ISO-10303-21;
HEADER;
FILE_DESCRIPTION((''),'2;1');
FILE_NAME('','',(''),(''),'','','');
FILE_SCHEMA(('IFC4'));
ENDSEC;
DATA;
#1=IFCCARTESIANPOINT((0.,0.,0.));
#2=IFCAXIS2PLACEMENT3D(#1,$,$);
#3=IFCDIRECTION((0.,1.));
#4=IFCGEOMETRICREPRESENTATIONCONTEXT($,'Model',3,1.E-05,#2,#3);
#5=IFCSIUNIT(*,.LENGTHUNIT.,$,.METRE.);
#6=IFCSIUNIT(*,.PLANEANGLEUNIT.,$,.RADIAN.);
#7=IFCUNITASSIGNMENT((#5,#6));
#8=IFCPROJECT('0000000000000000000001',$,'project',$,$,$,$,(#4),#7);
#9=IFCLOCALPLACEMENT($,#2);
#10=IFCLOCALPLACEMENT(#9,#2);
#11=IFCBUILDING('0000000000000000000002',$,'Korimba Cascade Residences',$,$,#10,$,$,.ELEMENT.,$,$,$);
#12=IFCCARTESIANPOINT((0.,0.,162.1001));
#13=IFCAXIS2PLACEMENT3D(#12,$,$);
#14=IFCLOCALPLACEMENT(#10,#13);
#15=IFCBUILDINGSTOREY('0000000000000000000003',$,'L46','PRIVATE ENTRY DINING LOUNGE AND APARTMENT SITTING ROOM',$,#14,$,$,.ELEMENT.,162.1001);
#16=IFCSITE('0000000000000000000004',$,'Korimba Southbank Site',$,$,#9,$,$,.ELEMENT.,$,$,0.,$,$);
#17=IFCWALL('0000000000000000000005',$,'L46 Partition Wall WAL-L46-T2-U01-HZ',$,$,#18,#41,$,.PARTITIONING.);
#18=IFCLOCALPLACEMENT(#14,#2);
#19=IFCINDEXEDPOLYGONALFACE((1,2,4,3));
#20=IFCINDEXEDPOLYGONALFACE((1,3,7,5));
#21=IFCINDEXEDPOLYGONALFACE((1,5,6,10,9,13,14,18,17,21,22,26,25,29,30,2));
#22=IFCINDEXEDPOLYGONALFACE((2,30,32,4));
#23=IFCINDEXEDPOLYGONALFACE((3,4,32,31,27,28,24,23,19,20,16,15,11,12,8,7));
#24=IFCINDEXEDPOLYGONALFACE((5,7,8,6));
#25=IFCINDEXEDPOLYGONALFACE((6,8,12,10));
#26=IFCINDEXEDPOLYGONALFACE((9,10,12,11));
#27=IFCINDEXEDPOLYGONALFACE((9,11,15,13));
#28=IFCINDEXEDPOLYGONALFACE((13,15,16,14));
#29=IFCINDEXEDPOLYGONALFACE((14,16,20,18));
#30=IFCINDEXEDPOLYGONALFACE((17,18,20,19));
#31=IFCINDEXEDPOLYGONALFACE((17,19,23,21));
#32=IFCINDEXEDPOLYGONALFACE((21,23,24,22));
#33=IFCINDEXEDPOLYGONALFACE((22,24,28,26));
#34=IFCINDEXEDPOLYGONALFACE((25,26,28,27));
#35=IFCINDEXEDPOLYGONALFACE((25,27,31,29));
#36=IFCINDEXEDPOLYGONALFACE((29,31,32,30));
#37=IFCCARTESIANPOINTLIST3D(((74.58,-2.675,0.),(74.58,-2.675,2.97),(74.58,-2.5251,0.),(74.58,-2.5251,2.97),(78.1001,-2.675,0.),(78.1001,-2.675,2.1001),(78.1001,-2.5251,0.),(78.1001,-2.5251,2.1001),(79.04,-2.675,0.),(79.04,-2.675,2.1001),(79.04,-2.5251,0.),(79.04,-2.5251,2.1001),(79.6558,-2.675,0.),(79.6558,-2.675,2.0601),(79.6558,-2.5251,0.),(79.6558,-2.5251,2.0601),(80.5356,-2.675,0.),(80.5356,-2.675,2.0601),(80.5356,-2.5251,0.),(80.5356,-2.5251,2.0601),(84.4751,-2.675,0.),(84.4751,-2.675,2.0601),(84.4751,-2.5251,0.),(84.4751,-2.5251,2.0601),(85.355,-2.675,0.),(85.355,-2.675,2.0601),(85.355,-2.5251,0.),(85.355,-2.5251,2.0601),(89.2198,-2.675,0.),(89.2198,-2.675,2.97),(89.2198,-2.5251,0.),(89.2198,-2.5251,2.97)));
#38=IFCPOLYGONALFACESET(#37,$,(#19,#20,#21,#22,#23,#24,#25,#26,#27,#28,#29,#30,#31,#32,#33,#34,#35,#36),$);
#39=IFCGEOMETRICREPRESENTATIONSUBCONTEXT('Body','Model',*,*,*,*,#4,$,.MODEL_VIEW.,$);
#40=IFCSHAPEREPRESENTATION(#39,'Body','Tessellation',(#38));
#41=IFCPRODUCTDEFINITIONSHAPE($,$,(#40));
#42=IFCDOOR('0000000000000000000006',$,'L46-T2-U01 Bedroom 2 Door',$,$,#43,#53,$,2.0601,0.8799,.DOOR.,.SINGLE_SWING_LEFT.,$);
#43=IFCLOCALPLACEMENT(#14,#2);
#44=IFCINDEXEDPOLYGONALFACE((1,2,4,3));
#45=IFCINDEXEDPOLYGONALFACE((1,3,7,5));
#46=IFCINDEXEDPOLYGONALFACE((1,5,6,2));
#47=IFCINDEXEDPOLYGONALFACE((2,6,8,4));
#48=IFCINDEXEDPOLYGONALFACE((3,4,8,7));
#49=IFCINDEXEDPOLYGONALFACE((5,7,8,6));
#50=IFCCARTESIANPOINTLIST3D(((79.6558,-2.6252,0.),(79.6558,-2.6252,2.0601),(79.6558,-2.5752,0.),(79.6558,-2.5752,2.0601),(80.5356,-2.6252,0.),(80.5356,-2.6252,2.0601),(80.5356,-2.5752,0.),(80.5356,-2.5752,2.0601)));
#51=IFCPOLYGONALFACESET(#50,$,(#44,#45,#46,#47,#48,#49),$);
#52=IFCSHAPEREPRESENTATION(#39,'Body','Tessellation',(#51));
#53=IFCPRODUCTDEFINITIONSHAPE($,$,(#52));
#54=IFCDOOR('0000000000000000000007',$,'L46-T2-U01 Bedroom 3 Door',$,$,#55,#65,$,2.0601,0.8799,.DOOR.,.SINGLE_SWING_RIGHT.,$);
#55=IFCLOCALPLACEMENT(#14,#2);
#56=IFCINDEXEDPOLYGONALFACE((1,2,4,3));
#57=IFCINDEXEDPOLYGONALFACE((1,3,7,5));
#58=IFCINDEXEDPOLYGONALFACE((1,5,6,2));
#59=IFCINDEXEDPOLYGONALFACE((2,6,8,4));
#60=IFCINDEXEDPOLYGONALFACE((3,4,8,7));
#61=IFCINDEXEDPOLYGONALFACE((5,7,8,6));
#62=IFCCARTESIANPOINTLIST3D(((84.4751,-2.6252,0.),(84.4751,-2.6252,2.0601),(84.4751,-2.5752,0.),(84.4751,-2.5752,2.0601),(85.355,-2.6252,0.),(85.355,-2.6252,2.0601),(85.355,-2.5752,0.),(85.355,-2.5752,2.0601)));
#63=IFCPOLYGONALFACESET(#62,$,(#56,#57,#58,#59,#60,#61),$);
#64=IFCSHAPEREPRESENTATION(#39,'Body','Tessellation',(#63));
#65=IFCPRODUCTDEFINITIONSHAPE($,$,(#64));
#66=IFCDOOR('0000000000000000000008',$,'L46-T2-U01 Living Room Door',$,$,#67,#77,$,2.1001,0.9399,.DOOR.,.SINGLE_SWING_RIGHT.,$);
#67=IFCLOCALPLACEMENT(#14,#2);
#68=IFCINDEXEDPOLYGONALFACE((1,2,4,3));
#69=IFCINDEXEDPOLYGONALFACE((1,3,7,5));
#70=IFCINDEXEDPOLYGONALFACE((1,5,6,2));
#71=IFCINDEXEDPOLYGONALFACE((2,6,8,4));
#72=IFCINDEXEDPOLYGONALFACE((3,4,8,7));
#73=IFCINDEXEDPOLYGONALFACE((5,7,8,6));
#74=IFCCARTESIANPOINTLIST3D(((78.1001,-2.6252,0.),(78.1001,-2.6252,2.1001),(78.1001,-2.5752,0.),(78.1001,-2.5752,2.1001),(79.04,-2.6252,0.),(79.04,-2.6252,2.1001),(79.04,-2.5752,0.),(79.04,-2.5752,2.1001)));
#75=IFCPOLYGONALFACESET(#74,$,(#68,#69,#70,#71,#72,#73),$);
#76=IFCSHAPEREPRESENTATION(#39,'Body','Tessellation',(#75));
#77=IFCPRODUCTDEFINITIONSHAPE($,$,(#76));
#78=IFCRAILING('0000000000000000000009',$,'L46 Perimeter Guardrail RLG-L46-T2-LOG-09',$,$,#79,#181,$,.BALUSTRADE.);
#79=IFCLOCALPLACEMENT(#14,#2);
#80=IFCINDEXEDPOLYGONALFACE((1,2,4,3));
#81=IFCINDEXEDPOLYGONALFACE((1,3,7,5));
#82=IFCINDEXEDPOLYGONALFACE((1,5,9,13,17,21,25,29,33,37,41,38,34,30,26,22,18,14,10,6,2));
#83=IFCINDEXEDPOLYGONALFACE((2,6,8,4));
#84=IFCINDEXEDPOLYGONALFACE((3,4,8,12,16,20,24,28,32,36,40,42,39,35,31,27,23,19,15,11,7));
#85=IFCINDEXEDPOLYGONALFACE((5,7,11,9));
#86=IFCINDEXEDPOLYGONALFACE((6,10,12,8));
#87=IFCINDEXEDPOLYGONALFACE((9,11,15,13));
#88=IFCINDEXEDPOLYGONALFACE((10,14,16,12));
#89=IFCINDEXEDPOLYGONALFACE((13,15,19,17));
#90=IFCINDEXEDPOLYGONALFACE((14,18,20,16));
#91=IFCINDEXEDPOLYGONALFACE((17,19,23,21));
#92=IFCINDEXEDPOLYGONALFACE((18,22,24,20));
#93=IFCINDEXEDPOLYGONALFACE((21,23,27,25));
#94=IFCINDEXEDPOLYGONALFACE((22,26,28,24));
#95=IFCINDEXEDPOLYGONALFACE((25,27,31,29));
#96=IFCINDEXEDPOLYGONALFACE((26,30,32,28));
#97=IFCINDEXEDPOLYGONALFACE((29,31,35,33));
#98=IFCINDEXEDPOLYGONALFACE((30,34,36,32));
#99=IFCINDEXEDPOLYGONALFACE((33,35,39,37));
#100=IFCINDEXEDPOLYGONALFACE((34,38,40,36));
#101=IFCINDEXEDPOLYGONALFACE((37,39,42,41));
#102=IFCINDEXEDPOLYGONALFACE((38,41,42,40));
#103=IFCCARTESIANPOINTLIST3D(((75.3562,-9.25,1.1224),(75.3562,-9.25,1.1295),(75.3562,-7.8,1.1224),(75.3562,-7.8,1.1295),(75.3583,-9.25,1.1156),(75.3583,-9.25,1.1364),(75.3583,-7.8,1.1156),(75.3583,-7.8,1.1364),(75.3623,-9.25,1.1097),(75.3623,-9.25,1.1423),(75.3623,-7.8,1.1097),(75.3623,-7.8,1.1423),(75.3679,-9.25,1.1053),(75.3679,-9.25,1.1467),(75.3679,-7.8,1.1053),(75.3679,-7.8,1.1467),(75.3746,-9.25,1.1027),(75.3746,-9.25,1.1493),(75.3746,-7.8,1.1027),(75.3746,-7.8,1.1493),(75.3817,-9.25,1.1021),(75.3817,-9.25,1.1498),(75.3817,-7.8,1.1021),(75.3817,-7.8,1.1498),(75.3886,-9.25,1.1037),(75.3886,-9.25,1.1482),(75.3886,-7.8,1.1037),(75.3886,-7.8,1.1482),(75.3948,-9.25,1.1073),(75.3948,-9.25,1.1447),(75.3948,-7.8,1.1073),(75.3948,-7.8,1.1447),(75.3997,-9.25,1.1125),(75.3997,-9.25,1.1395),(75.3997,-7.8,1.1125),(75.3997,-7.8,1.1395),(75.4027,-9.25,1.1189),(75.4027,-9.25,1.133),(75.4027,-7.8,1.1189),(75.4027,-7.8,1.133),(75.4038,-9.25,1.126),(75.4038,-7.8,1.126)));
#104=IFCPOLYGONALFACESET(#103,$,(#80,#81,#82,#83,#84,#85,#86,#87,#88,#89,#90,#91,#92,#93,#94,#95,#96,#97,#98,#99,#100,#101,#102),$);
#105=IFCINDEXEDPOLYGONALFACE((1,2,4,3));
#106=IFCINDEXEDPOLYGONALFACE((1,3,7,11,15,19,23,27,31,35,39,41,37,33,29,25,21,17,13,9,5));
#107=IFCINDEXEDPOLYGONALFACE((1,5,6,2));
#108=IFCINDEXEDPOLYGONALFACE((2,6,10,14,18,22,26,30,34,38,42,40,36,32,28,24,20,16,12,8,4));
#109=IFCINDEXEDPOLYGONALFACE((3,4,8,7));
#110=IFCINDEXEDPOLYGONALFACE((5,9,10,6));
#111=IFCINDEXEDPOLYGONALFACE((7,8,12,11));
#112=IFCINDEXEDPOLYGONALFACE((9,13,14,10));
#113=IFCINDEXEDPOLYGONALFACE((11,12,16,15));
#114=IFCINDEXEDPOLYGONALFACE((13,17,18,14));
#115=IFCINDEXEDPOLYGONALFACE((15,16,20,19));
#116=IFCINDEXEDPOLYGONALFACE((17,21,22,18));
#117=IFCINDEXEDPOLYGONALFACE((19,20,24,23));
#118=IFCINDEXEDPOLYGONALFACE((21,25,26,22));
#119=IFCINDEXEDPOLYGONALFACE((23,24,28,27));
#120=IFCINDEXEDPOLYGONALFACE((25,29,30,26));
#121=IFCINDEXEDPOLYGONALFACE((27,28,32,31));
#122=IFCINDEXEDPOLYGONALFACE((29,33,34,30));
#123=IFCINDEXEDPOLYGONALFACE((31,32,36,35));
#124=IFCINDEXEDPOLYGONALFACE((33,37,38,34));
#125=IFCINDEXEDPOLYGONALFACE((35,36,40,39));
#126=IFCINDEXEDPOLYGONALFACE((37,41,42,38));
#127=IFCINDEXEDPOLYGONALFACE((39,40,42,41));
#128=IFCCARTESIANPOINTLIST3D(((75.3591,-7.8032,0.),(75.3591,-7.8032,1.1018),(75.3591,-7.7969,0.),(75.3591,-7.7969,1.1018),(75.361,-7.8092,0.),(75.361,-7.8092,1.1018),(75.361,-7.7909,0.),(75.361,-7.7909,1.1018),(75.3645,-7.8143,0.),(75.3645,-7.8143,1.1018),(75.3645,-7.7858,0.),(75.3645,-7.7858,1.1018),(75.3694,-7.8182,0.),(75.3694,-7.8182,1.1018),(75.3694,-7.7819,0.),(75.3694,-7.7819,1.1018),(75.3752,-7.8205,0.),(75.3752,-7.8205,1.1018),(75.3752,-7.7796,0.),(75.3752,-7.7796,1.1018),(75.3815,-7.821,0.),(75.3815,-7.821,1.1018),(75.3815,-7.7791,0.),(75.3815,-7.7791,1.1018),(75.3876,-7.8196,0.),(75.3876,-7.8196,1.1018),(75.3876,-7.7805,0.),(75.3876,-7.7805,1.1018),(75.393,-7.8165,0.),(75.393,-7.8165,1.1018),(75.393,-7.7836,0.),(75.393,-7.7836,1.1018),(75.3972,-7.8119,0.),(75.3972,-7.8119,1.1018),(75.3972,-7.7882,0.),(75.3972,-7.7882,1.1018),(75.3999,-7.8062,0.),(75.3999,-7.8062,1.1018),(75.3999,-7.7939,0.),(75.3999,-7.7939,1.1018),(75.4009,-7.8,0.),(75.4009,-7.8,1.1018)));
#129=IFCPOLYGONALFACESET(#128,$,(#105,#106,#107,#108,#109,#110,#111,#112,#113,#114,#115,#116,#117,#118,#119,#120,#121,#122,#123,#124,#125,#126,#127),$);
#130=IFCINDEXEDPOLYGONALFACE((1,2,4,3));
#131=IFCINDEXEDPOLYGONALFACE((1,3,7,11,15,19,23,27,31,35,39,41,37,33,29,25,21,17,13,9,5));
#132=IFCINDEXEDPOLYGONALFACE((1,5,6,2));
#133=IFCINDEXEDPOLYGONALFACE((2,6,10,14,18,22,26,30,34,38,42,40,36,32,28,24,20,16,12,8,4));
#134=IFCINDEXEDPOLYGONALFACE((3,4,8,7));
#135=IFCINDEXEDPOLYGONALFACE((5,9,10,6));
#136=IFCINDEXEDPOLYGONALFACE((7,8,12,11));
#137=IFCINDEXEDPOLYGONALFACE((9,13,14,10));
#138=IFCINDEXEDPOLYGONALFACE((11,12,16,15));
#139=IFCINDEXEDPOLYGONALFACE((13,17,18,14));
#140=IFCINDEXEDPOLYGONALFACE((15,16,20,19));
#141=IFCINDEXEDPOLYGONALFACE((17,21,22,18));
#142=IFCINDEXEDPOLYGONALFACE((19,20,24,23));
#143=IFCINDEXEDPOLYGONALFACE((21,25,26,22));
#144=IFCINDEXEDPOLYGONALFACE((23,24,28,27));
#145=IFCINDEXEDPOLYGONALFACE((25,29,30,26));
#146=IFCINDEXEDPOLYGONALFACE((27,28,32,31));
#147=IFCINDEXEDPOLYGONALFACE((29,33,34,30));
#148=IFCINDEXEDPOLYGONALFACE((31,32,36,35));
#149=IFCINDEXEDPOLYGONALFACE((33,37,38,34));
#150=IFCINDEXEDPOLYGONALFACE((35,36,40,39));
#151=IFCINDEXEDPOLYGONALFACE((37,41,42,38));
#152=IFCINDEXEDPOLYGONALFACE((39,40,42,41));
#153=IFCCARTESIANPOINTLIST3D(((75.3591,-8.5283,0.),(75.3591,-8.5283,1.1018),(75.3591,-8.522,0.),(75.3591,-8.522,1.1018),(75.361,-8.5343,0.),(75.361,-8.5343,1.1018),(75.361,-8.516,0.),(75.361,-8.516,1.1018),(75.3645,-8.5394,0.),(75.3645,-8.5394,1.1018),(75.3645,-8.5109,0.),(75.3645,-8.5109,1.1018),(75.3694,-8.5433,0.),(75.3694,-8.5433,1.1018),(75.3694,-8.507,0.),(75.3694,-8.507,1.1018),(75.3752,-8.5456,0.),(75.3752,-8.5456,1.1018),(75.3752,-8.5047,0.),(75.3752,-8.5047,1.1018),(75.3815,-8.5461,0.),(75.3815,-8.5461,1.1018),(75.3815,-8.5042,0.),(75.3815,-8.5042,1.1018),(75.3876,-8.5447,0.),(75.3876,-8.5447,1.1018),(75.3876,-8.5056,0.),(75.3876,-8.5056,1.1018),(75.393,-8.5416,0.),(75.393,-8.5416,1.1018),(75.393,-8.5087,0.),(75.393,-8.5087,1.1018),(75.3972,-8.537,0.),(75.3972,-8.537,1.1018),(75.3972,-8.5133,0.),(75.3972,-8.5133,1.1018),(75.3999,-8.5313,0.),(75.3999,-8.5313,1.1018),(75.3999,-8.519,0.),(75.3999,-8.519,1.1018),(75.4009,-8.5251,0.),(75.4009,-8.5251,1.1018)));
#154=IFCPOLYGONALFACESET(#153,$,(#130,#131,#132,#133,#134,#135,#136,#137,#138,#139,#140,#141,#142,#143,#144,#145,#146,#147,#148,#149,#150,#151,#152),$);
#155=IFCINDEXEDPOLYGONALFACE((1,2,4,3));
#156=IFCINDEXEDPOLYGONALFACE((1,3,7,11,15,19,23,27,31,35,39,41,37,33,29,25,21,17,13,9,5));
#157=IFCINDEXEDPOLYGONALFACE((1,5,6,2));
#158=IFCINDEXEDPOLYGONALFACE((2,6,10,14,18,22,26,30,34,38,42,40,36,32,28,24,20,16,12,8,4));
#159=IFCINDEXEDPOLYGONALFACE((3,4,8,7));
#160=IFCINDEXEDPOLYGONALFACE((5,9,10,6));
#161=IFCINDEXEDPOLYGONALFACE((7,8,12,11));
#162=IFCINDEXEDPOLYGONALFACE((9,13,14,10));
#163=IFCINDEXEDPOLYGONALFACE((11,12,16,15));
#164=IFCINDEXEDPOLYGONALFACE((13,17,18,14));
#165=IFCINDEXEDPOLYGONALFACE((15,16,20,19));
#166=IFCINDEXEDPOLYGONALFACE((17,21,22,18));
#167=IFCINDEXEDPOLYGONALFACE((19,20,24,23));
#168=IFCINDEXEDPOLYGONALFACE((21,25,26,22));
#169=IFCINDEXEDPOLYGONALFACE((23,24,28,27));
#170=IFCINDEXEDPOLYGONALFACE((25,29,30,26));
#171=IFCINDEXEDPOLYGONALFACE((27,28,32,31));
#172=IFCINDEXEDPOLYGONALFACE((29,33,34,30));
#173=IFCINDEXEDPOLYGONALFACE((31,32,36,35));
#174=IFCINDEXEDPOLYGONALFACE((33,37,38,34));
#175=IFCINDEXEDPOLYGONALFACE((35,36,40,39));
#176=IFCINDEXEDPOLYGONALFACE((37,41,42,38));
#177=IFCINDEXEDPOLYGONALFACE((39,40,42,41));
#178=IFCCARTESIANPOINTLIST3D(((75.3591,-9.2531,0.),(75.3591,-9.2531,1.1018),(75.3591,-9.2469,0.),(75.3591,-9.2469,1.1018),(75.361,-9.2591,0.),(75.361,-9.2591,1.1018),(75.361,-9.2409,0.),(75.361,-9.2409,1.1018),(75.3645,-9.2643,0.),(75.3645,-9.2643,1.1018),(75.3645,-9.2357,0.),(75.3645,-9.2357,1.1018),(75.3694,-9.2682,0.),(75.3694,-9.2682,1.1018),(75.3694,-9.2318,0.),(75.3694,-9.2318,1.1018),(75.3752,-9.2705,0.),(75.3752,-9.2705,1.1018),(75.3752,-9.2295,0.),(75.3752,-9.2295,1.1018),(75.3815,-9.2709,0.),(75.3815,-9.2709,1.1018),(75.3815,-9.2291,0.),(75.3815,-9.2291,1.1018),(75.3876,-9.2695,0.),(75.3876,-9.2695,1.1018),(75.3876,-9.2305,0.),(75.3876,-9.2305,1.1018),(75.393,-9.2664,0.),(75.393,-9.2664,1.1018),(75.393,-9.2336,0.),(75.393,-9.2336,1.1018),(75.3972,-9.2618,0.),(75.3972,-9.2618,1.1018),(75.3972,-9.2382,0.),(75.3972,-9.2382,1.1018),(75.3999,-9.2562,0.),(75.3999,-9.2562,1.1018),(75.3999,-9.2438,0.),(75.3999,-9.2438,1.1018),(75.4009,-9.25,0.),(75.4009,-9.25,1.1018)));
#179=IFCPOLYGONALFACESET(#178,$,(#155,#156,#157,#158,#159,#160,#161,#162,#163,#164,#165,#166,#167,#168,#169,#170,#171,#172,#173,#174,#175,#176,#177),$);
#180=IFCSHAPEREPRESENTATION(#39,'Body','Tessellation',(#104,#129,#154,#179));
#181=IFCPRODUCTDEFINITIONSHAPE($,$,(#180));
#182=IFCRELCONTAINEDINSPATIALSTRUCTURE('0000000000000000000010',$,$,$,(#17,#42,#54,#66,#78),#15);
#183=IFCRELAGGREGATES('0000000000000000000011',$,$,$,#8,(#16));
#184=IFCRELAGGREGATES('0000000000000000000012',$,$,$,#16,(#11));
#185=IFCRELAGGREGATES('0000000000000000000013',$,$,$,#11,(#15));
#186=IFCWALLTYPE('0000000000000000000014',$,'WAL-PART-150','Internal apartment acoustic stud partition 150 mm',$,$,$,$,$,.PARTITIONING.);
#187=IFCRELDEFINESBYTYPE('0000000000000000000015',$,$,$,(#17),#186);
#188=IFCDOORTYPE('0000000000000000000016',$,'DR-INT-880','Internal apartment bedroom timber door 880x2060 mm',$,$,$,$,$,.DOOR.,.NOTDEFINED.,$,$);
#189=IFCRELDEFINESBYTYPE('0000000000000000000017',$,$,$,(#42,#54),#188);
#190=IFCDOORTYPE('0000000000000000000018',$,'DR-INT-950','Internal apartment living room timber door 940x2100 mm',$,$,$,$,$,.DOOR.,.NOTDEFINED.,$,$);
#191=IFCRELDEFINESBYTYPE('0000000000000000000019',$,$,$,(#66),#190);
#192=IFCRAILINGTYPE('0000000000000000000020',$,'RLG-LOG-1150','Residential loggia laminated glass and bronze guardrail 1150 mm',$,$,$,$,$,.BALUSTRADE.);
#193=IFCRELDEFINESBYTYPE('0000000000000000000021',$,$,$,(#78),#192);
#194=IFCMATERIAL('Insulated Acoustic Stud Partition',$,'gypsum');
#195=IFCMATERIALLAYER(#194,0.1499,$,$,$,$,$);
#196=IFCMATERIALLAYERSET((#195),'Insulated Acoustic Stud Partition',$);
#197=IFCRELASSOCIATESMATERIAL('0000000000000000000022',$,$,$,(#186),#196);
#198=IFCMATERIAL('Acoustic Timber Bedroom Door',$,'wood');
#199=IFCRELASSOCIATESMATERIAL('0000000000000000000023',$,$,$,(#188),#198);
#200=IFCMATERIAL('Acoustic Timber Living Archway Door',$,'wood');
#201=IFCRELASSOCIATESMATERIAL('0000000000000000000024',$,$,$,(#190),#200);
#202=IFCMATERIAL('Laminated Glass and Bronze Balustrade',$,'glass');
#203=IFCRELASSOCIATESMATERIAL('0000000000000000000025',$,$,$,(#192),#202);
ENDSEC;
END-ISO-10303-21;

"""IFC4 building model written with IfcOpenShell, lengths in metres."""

from ifc_helpers import new_model, si_unit, direction, frame, frame_2d, origin, origin_2d, place, context, subcontext, project, spatial, rectangle, circle, extrude, material, layer, layer_set, type_object, element, fill, save


model = new_model("IFC4")

# Units and contexts
model_context = context("Model", 3, precision=1e-05, world=origin(), true_north=direction((0.0, 1.0)))
body_context = subcontext(model_context, "Body", "Model", "MODEL_VIEW")
ifc_project = project(units=[si_unit("LENGTHUNIT", "METRE"), si_unit("PLANEANGLEUNIT", "RADIAN")], contexts=[model_context])

# Site, building, storey
site_placement = place(None, origin())
site = spatial("IfcSite", under=ifc_project, at=site_placement, Name="Korimba Southbank Site", CompositionType="ELEMENT", RefElevation=0.0)
building_placement = place(site_placement, origin())
building = spatial("IfcBuilding", under=site, at=building_placement, Name="Korimba Cascade Residences", CompositionType="ELEMENT")
storey_placement = place(building_placement, frame((0.0, 0.0, 162.1001)))
storey = spatial("IfcBuildingStorey", under=building, at=storey_placement, Name="L46", Description="PRIVATE ENTRY DINING LOUNGE AND APARTMENT SITTING ROOM", CompositionType="ELEMENT", Elevation=162.1001)

# Shared definitions
ifc_material_1 = material(Name="Insulated Acoustic Stud Partition", Category="gypsum")
ifc_layer_1 = layer(ifc_material_1, 0.1499)
ifc_layer_set_1 = layer_set([ifc_layer_1], Name="Insulated Acoustic Stud Partition")
wall_type_1 = type_object("IfcWallType", Name="WAL-PART-150", Description="Internal apartment acoustic stud partition 150 mm", PredefinedType="PARTITIONING", material=ifc_layer_set_1)
ifc_material_2 = material(Name="Acoustic Timber Bedroom Door", Category="wood")
door_type_1 = type_object("IfcDoorType", Name="DR-INT-880", Description="Internal apartment bedroom timber door 880x2060 mm", OperationType="NOTDEFINED", PredefinedType="DOOR", material=ifc_material_2)

# Wall, openings, doors
wall_1_placement = place(storey_placement, frame((74.5801, -2.6001, 0.0), z_axis=(0.0, 0.0, 1.0), x_axis=(1.0, 0.0, 0.0)))
wall_1 = element("IfcWall", 1, at=wall_1_placement, inside=storey, type_object=wall_type_1, Name="L46 Partition Wall WAL-L46-T2-U01-HZ", PredefinedType="PARTITIONING", context=body_context, shape_type="SweptSolid", body=[
    extrude(rectangle(XDim=14.6399, YDim=0.1499, at=frame_2d((7.3198, 0.0))), origin(), (0.0, 0.0, 1.0), 2.97),
])
opening_1_placement = place(wall_1_placement, frame((3.52, 0.0, 0.0)))
opening_1 = element("IfcOpeningElement", 2, at=opening_1_placement, cuts=wall_1, PredefinedType="OPENING", context=body_context, shape_type="SweptSolid", body=[
    extrude(rectangle(XDim=0.9399, YDim=2.1001, at=frame_2d((0.47, 1.05))), frame((0.0, 0.085, 0.0), z_axis=(0.0, -1.0, 0.0), x_axis=(1.0, 0.0, 0.0)), (0.0, 0.0, 1.0), 0.1699),
])
opening_2_placement = place(wall_1_placement, frame((5.0757, 0.0, 0.0)))
opening_2 = element("IfcOpeningElement", 3, at=opening_2_placement, cuts=wall_1, PredefinedType="OPENING", context=body_context, shape_type="SweptSolid", body=[
    extrude(rectangle(XDim=0.8799, YDim=2.0601, at=frame_2d((0.4399, 1.03))), frame((0.0, 0.085, 0.0), z_axis=(0.0, -1.0, 0.0), x_axis=(1.0, 0.0, 0.0)), (0.0, 0.0, 1.0), 0.1699),
])
opening_3_placement = place(wall_1_placement, frame((9.895, 0.0, 0.0)))
opening_3 = element("IfcOpeningElement", 4, at=opening_3_placement, cuts=wall_1, PredefinedType="OPENING", context=body_context, shape_type="SweptSolid", body=[
    extrude(rectangle(XDim=0.8799, YDim=2.0601, at=frame_2d((0.4399, 1.03))), frame((0.0, 0.085, 0.0), z_axis=(0.0, -1.0, 0.0), x_axis=(1.0, 0.0, 0.0)), (0.0, 0.0, 1.0), 0.1699),
])
door_1_placement = place(opening_2_placement, origin())
door_1 = element("IfcDoor", 5, at=door_1_placement, inside=storey, type_object=door_type_1, Name="L46-T2-U01 Bedroom 2 Door", OperationType="SINGLE_SWING_LEFT", OverallHeight=2.0601, OverallWidth=0.8799, PredefinedType="DOOR", context=body_context, shape_type="SweptSolid", body=[
    extrude(rectangle(XDim=0.8799, YDim=2.0601, at=frame_2d((0.4399, 1.03))), frame((0.0, 0.0249, 0.0), z_axis=(0.0, -1.0, 0.0), x_axis=(1.0, 0.0, 0.0)), (0.0, 0.0, 1.0), 0.05),
])
fill(opening_2, door_1)
door_2_placement = place(opening_3_placement, origin())
door_2 = element("IfcDoor", 6, at=door_2_placement, inside=storey, type_object=door_type_1, Name="L46-T2-U01 Bedroom 3 Door", OperationType="SINGLE_SWING_RIGHT", OverallHeight=2.0601, OverallWidth=0.8799, PredefinedType="DOOR", context=body_context, shape_type="SweptSolid", body=[
    extrude(rectangle(XDim=0.8799, YDim=2.0601, at=frame_2d((0.4399, 1.03))), frame((0.0, 0.0249, 0.0), z_axis=(0.0, -1.0, 0.0), x_axis=(1.0, 0.0, 0.0)), (0.0, 0.0, 1.0), 0.05),
])
fill(opening_3, door_2)
ifc_material_3 = material(Name="Acoustic Timber Living Archway Door", Category="wood")
door_type_2 = type_object("IfcDoorType", Name="DR-INT-950", Description="Internal apartment living room timber door 940x2100 mm", OperationType="NOTDEFINED", PredefinedType="DOOR", material=ifc_material_3)
door_3_placement = place(opening_1_placement, origin())
door_3 = element("IfcDoor", 7, at=door_3_placement, inside=storey, type_object=door_type_2, Name="L46-T2-U01 Living Room Door", OperationType="SINGLE_SWING_RIGHT", OverallHeight=2.1001, OverallWidth=0.9399, PredefinedType="DOOR", context=body_context, shape_type="SweptSolid", body=[
    extrude(rectangle(XDim=0.9399, YDim=2.1001, at=frame_2d((0.47, 1.05))), frame((0.0, 0.0249, 0.0), z_axis=(0.0, -1.0, 0.0), x_axis=(1.0, 0.0, 0.0)), (0.0, 0.0, 1.0), 0.05),
])
fill(opening_1, door_3)

# Railing
ifc_material_4 = material(Name="Laminated Glass and Bronze Balustrade", Category="glass")
railing_type = type_object("IfcRailingType", Name="RLG-LOG-1150", Description="Residential loggia laminated glass and bronze guardrail 1150 mm", PredefinedType="BALUSTRADE", material=ifc_material_4)
railing_1_placement = place(storey_placement, frame((75.3799, -7.8, 0.0)))
element("IfcRailing", 8, at=railing_1_placement, inside=storey, type_object=railing_type, Name="L46 Perimeter Guardrail RLG-L46-T2-LOG-09", PredefinedType="BALUSTRADE", context=body_context, shape_type="SweptSolid", body=[
    extrude(circle(Radius=0.0239, at=origin_2d()), frame((0.0, 0.0, 1.126), z_axis=(0.0, -1.0, 0.0), x_axis=(1.0, 0.0, 0.0)), (0.0, 0.0, 1.0), 1.45),
    extrude(circle(Radius=0.021, at=origin_2d()), origin(), (0.0, 0.0, 1.0), 1.1018),
    extrude(circle(Radius=0.021, at=origin_2d()), frame((0.0, -0.7251, 0.0)), (0.0, 0.0, 1.0), 1.1018),
    extrude(circle(Radius=0.021, at=origin_2d()), frame((0.0, -1.45, 0.0)), (0.0, 0.0, 1.0), 1.1018),
])

save(model, "model.ifc")
